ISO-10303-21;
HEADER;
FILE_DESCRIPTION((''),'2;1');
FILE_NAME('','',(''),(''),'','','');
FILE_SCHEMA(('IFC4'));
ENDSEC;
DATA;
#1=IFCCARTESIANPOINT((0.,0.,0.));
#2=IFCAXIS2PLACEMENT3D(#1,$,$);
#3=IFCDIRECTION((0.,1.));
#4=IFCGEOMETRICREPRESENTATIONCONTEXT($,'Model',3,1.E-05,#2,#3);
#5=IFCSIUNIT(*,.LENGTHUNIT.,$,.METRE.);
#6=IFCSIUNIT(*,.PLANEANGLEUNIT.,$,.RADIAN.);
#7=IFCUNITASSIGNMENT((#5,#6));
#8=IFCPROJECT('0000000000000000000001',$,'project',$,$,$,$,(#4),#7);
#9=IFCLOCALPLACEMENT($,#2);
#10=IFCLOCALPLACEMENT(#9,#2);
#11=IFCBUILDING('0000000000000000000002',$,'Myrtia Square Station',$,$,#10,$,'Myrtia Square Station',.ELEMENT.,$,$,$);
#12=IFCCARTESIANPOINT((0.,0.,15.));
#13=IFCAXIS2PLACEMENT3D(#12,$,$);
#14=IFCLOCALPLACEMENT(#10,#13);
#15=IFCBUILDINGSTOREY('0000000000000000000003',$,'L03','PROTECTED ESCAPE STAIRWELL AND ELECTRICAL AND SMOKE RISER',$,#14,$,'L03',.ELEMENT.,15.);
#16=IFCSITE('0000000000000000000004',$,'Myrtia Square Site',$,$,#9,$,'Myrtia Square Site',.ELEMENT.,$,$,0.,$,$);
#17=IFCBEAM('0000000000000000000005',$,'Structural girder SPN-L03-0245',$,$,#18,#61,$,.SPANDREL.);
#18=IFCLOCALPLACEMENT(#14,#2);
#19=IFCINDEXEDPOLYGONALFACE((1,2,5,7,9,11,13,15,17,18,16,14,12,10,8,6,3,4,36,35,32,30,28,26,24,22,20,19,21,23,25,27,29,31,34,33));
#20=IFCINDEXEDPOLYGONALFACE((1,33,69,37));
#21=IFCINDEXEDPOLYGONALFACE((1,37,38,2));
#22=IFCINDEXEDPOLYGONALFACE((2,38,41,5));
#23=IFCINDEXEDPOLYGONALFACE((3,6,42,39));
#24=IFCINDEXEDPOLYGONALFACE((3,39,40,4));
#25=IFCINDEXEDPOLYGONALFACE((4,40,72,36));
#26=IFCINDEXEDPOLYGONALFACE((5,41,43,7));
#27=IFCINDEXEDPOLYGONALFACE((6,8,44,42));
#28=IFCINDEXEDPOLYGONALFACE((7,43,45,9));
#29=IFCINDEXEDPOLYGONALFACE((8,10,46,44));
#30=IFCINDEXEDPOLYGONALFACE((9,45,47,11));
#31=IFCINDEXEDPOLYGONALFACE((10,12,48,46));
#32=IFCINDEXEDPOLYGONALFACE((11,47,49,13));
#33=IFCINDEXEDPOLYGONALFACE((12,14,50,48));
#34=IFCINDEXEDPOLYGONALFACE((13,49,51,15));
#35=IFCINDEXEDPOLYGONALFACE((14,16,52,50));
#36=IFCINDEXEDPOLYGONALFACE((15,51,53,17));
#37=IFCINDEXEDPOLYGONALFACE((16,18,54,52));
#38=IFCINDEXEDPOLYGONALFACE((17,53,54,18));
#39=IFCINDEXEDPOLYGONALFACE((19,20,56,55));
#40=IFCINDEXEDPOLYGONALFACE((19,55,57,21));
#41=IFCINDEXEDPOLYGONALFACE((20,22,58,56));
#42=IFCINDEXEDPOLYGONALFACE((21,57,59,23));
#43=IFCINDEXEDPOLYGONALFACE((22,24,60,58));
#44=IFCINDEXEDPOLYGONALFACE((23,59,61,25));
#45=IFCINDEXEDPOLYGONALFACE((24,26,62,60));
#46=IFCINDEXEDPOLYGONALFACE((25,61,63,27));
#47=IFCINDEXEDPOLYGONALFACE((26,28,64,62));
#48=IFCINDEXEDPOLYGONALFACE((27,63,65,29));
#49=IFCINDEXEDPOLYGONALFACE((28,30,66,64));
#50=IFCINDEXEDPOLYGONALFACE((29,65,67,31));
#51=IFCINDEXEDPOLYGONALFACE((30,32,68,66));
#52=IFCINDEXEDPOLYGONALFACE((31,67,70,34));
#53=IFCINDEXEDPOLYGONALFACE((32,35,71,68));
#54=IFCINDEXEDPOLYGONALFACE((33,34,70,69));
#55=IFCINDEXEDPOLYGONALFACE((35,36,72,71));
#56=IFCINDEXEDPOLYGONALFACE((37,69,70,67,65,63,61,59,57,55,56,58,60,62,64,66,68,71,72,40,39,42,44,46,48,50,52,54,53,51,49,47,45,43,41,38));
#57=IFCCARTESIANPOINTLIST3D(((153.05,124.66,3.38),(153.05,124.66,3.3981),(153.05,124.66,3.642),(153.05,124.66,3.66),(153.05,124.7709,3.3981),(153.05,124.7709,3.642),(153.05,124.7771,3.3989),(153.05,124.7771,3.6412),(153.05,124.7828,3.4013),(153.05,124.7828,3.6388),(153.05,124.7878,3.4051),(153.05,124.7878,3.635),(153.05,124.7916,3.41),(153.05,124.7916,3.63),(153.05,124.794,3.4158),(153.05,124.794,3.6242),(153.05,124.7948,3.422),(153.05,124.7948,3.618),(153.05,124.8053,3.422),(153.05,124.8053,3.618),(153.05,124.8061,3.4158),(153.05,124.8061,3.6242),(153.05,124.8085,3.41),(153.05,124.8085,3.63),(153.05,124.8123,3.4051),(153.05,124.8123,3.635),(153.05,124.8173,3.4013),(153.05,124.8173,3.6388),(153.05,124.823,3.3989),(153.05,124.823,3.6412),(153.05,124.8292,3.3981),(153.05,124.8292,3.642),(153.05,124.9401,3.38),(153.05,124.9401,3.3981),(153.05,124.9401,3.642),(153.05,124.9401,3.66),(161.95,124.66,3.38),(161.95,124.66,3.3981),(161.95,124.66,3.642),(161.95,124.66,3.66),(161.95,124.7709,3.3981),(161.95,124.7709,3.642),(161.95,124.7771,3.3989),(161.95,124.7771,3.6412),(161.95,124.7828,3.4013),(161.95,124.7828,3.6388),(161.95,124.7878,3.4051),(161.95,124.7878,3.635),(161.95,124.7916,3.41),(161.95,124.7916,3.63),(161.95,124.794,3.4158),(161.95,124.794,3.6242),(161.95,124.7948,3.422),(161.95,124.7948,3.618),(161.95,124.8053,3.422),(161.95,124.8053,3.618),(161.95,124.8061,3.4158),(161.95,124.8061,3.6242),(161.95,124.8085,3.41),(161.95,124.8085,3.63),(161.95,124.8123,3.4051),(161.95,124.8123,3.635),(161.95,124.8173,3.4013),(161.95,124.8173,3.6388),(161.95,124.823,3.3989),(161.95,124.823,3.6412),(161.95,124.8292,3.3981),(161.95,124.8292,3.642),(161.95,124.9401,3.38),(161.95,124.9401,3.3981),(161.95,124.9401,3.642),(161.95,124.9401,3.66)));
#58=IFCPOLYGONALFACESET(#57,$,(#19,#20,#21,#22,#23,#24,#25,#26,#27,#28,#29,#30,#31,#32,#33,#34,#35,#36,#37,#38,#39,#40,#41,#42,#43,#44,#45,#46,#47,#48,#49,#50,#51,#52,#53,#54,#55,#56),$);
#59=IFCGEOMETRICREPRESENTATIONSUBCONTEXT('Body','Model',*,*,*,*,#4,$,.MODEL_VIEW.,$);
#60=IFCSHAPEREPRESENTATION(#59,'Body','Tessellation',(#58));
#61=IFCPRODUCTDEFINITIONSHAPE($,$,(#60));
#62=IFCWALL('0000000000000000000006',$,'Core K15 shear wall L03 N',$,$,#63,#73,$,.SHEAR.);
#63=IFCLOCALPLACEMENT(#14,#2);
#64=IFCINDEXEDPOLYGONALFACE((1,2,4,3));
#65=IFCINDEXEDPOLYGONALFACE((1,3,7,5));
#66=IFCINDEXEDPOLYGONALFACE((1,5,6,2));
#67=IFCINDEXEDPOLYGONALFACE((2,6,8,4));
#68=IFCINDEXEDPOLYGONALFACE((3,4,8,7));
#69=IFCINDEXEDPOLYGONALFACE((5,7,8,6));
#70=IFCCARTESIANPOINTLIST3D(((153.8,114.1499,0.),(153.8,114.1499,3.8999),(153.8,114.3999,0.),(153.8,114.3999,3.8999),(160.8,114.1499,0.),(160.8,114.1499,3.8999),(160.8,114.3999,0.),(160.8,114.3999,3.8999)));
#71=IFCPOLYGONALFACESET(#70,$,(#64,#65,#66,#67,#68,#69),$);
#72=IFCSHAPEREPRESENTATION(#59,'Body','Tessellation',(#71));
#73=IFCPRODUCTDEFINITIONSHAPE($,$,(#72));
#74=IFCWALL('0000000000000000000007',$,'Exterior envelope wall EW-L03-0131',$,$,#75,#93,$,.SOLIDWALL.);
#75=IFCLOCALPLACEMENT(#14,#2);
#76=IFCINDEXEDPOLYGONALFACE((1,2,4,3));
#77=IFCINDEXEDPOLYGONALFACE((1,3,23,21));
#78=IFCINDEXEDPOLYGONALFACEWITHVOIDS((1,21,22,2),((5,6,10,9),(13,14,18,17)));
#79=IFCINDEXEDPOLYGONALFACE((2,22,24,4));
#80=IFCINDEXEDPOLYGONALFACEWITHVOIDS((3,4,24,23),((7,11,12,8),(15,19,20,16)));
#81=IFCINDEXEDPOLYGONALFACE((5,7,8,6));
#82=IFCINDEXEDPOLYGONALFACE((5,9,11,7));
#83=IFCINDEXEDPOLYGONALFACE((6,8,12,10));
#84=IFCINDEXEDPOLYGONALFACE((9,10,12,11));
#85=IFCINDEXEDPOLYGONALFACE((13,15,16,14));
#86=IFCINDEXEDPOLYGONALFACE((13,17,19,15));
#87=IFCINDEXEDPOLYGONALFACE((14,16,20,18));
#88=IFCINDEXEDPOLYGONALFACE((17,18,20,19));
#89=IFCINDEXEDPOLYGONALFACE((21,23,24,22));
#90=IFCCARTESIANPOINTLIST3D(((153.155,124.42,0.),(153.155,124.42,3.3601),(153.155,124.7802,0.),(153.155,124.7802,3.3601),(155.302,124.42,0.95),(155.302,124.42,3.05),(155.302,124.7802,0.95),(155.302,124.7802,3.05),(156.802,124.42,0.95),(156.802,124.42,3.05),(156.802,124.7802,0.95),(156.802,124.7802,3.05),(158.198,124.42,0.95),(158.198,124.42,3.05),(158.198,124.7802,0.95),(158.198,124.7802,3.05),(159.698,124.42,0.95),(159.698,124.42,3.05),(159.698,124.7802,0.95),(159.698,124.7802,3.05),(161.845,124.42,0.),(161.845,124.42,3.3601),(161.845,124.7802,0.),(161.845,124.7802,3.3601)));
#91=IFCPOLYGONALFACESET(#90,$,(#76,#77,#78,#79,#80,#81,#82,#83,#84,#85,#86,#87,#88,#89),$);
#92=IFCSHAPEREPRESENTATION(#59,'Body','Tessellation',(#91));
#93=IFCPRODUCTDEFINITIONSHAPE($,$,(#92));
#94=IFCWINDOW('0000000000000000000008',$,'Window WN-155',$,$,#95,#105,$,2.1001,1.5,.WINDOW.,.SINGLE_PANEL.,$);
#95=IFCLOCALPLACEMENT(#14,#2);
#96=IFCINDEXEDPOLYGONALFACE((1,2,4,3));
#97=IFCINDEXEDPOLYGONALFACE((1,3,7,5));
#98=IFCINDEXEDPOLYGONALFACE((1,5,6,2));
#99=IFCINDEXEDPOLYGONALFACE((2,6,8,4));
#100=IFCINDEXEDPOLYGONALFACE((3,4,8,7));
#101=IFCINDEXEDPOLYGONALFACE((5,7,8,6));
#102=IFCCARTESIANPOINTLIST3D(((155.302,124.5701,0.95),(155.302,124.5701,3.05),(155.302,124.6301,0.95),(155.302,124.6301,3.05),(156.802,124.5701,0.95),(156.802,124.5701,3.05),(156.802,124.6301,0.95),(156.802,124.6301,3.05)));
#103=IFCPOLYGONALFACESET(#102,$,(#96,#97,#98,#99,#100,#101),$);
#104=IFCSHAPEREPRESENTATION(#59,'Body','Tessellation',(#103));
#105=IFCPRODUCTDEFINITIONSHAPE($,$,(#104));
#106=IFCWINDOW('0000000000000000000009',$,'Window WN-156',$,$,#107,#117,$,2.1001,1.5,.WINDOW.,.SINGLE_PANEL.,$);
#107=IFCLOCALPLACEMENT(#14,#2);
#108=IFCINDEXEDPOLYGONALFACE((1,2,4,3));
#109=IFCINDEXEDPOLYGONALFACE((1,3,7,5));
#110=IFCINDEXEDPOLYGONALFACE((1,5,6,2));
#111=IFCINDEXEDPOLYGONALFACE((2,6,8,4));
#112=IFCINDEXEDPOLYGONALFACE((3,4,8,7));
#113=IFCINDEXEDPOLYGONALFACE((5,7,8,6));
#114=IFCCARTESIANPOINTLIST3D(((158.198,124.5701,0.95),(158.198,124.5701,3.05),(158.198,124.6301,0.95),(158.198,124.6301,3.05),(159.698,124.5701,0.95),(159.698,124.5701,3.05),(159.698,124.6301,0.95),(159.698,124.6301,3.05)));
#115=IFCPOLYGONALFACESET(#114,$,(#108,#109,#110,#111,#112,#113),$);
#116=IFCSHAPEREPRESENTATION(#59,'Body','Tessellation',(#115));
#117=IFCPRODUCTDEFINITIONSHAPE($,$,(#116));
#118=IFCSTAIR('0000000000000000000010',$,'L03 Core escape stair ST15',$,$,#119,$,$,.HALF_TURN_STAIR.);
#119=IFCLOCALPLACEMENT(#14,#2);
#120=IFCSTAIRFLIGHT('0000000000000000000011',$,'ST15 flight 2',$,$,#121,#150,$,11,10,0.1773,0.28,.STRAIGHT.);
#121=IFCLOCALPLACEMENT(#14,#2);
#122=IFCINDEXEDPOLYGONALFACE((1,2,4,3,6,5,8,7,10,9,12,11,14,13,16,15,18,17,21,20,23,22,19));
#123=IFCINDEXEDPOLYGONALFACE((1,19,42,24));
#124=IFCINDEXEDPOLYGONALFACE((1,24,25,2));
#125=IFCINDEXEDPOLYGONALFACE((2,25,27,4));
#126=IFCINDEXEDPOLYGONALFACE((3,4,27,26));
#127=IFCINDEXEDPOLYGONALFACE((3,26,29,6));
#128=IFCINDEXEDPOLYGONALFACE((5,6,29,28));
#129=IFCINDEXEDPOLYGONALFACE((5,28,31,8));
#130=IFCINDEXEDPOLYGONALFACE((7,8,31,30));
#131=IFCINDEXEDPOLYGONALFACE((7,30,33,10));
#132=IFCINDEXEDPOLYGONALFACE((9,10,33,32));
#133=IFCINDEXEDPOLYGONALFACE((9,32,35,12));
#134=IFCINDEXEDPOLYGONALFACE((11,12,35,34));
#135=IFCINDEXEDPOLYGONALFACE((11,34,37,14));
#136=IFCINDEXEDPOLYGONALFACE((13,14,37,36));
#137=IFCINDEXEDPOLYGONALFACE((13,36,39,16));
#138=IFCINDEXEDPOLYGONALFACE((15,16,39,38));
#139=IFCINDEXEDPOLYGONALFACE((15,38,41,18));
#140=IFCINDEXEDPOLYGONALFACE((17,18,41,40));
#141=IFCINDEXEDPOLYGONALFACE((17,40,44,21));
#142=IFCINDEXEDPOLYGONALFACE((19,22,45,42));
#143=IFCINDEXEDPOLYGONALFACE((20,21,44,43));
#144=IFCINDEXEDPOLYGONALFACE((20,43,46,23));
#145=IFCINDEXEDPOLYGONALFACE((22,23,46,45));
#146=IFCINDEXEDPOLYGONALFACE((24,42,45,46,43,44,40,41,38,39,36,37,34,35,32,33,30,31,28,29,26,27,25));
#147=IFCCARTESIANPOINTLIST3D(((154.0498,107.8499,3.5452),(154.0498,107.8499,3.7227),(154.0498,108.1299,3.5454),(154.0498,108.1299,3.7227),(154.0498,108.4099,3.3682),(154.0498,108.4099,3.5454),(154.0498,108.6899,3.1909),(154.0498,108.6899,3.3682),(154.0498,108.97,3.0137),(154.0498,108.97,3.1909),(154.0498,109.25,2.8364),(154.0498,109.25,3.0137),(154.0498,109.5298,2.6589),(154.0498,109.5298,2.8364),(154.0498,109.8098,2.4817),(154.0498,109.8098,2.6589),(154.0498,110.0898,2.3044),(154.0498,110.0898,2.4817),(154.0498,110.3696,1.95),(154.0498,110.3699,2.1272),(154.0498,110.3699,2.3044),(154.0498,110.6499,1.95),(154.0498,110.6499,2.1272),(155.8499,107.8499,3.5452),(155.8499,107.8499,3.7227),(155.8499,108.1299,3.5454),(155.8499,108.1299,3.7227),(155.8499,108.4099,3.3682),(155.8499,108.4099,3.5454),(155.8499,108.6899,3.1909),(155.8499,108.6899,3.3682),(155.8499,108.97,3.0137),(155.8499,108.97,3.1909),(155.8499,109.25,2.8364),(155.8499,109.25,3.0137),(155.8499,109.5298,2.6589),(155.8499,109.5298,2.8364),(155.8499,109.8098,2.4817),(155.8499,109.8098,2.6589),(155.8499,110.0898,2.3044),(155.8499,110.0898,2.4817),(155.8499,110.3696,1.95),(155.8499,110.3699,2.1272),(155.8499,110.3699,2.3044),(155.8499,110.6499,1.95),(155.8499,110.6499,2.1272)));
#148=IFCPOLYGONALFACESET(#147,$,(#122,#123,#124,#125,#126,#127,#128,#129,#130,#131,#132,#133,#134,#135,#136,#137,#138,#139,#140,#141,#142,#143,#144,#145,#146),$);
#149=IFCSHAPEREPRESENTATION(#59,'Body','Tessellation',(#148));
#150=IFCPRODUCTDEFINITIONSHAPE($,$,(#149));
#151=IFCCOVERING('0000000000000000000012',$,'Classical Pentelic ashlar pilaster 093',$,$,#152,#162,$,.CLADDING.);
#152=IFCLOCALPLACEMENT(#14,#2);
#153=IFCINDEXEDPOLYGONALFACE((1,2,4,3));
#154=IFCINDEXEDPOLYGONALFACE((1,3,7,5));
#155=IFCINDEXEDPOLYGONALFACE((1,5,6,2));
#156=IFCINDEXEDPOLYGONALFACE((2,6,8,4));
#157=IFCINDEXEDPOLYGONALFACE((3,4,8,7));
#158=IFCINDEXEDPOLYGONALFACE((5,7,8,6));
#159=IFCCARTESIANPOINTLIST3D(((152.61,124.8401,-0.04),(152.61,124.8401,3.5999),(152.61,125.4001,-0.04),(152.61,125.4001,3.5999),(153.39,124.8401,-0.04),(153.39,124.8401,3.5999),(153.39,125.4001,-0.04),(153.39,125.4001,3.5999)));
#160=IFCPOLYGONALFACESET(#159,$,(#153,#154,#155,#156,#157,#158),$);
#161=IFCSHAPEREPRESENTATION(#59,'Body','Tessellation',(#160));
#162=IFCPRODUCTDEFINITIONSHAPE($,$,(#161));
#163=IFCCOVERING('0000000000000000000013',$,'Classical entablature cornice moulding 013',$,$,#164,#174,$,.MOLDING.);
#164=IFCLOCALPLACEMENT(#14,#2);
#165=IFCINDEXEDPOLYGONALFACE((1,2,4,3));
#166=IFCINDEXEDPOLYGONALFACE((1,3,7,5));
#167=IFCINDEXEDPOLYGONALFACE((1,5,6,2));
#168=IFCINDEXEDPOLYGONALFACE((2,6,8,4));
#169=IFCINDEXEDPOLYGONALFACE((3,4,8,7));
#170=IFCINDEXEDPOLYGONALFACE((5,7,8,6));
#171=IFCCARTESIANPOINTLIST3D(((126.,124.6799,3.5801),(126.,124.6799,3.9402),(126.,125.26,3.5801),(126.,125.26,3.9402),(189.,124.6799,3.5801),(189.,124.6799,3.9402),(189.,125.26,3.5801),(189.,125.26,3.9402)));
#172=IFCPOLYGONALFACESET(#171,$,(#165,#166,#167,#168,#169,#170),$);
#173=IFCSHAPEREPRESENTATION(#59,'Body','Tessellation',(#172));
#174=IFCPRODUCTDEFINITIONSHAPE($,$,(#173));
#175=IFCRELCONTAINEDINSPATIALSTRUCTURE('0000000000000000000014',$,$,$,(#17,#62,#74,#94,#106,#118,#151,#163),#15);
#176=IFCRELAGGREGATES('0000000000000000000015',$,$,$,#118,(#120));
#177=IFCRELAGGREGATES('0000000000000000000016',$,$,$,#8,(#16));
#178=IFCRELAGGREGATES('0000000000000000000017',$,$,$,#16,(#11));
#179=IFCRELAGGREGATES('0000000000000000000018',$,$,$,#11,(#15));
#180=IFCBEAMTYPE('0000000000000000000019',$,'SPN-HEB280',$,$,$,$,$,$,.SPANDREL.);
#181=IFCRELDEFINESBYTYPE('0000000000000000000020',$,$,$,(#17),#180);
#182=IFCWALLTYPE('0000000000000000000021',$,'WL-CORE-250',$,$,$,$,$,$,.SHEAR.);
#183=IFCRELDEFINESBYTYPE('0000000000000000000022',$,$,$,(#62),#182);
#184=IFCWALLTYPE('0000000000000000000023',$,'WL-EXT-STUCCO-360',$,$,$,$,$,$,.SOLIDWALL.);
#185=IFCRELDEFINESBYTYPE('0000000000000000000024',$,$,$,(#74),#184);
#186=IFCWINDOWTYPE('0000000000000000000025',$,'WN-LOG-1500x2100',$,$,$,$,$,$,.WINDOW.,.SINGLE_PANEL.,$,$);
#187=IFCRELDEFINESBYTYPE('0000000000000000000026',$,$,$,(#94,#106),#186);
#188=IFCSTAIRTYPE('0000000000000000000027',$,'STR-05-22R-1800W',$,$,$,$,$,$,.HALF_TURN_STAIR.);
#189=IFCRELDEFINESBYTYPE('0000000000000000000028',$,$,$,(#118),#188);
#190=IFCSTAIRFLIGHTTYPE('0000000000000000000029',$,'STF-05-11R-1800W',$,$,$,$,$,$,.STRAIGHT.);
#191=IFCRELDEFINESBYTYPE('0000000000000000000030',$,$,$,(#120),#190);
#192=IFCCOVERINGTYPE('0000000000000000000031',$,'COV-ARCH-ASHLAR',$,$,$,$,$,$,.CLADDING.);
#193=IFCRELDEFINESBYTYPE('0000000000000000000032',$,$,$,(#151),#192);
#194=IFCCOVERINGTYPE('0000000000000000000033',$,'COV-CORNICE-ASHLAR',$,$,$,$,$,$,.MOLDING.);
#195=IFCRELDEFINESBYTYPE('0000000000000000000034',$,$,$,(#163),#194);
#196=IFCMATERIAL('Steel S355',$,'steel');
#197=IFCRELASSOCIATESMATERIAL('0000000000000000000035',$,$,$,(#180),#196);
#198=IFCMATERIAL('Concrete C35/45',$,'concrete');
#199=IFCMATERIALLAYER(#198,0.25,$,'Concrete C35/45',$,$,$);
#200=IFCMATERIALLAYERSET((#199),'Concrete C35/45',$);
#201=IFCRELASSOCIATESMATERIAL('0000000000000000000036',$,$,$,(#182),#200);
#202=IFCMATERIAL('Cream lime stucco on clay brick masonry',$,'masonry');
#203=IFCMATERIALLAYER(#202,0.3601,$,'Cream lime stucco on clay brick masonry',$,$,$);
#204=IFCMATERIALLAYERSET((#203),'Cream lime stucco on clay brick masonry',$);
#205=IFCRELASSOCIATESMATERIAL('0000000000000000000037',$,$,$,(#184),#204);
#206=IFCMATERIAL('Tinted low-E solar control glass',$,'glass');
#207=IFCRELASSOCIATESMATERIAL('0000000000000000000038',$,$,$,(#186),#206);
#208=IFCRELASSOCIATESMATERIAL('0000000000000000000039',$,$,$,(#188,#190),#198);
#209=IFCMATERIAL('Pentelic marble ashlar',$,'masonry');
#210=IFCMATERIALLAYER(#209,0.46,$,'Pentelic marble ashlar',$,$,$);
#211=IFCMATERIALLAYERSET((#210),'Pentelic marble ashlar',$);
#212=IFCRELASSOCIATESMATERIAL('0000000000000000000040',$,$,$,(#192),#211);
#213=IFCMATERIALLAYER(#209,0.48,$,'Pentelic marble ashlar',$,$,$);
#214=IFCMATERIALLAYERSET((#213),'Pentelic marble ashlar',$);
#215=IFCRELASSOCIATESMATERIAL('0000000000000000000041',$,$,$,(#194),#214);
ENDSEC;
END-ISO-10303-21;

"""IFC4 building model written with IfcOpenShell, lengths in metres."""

from ifc_helpers import new_model, si_unit, direction, frame, frame_2d, origin, origin_2d, place, context, subcontext, project, spatial, polyline, rectangle, i_section, outline, extrude, material, layer, layer_set, material_profile, profile_set, type_object, element, fill, aggregate, save


model = new_model("IFC4")

# Units and contexts
model_context = context("Model", 3, precision=1e-05, world=origin(), true_north=direction((0.0, 1.0)))
body_context = subcontext(model_context, "Body", "Model", "MODEL_VIEW")
ifc_project = project(units=[si_unit("LENGTHUNIT", "METRE"), si_unit("PLANEANGLEUNIT", "RADIAN")], contexts=[model_context])

# Site, building, storey
site_placement = place(None, origin())
site = spatial("IfcSite", under=ifc_project, at=site_placement, Name="Myrtia Square Site", LongName="Myrtia Square Site", CompositionType="ELEMENT", RefElevation=0.0)
building_placement = place(site_placement, origin())
building = spatial("IfcBuilding", under=site, at=building_placement, Name="Myrtia Square Station", LongName="Myrtia Square Station", CompositionType="ELEMENT")
storey_placement = place(building_placement, frame((0.0, 0.0, 15.0)))
storey = spatial("IfcBuildingStorey", under=building, at=storey_placement, Name="L03", Description="PROTECTED ESCAPE STAIRWELL AND ELECTRICAL AND SMOKE RISER", LongName="L03", CompositionType="ELEMENT", Elevation=15.0)

# Shared definitions
ifc_material_1 = material(Name="Steel S355", Category="steel")

# Beam
ifc_material_profile_1 = material_profile(ifc_material_1, i_section(OverallWidth=0.28, OverallDepth=0.28, WebThickness=0.0105, FlangeThickness=0.0181, FilletRadius=0.0239, at=origin_2d()), Name="HEB 280")
ifc_profile_set_1 = profile_set([ifc_material_profile_1], Name="Steel S355")
beam_type_1 = type_object("IfcBeamType", Name="SPN-HEB280", PredefinedType="SPANDREL", material=ifc_profile_set_1)
beam_1_placement = place(storey_placement, frame((153.05, 124.8, 3.52), z_axis=(1.0, 0.0, 0.0), x_axis=(0.0, 1.0, 0.0)))
element("IfcBeam", 1, at=beam_1_placement, inside=storey, type_object=beam_type_1, Name="Structural girder SPN-L03-0245", PredefinedType="SPANDREL", context=body_context, shape_type="SweptSolid", body=[
    extrude(i_section(OverallWidth=0.28, OverallDepth=0.28, WebThickness=0.0105, FlangeThickness=0.0181, FilletRadius=0.0239, at=origin_2d()), origin(), (0.0, 0.0, 1.0), 8.8999),
])

# Wall
ifc_material_2 = material(Name="Concrete C35/45", Category="concrete")
ifc_layer_1 = layer(ifc_material_2, 0.25, Name="Concrete C35/45")
ifc_layer_set_1 = layer_set([ifc_layer_1], Name="Concrete C35/45")
wall_type_1 = type_object("IfcWallType", Name="WL-CORE-250", PredefinedType="SHEAR", material=ifc_layer_set_1)
wall_1_placement = place(storey_placement, frame((153.8, 114.2749, 0.0), z_axis=(0.0, 0.0, 1.0), x_axis=(1.0, 0.0, 0.0)))
element("IfcWall", 2, at=wall_1_placement, inside=storey, type_object=wall_type_1, Name="Core K15 shear wall L03 N", PredefinedType="SHEAR", context=body_context, shape_type="SweptSolid", body=[
    extrude(rectangle(XDim=7.0, YDim=0.25, at=frame_2d((3.5, 0.0))), origin(), (0.0, 0.0, 1.0), 3.8999),
])

# Wall, openings, windows
ifc_material_3 = material(Name="Cream lime stucco on clay brick masonry", Category="masonry")
ifc_layer_2 = layer(ifc_material_3, 0.3601, Name="Cream lime stucco on clay brick masonry")
ifc_layer_set_2 = layer_set([ifc_layer_2], Name="Cream lime stucco on clay brick masonry")
wall_type_2 = type_object("IfcWallType", Name="WL-EXT-STUCCO-360", PredefinedType="SOLIDWALL", material=ifc_layer_set_2)
wall_2_placement = place(storey_placement, frame((153.155, 124.6001, 0.0), z_axis=(0.0, 0.0, 1.0), x_axis=(1.0, 0.0, 0.0)))
wall_2 = element("IfcWall", 3, at=wall_2_placement, inside=storey, type_object=wall_type_2, Name="Exterior envelope wall EW-L03-0131", PredefinedType="SOLIDWALL", context=body_context, shape_type="SweptSolid", body=[
    extrude(rectangle(XDim=8.6899, YDim=0.3601, at=frame_2d((4.345, 0.0))), origin(), (0.0, 0.0, 1.0), 3.3601),
])
opening_1_placement = place(wall_2_placement, frame((2.147, 0.0, 0.95)))
opening_1 = element("IfcOpeningElement", 4, at=opening_1_placement, cuts=wall_2, PredefinedType="OPENING", context=body_context, shape_type="SweptSolid", body=[
    extrude(rectangle(XDim=1.5, YDim=2.1001, at=frame_2d((0.75, 1.05))), frame((0.0, 0.1951, 0.0), z_axis=(0.0, -1.0, 0.0), x_axis=(1.0, 0.0, 0.0)), (0.0, 0.0, 1.0), 0.3901),
])
opening_2_placement = place(wall_2_placement, frame((5.043, 0.0, 0.95)))
opening_2 = element("IfcOpeningElement", 5, at=opening_2_placement, cuts=wall_2, PredefinedType="OPENING", context=body_context, shape_type="SweptSolid", body=[
    extrude(rectangle(XDim=1.5, YDim=2.1001, at=frame_2d((0.75, 1.05))), frame((0.0, 0.1951, 0.0), z_axis=(0.0, -1.0, 0.0), x_axis=(1.0, 0.0, 0.0)), (0.0, 0.0, 1.0), 0.3901),
])
ifc_material_4 = material(Name="Tinted low-E solar control glass", Category="glass")
window_type = type_object("IfcWindowType", Name="WN-LOG-1500x2100", PartitioningType="SINGLE_PANEL", PredefinedType="WINDOW", material=ifc_material_4)
window_1_placement = place(opening_1_placement, origin())
window_1 = element("IfcWindow", 6, at=window_1_placement, inside=storey, type_object=window_type, Name="Window WN-155", OverallHeight=2.1001, OverallWidth=1.5, PartitioningType="SINGLE_PANEL", PredefinedType="WINDOW", context=body_context, shape_type="SweptSolid", body=[
    extrude(rectangle(XDim=1.5, YDim=2.1001, at=frame_2d((0.75, 1.05))), frame((0.0, 0.03, 0.0), z_axis=(0.0, -1.0, 0.0), x_axis=(1.0, 0.0, 0.0)), (0.0, 0.0, 1.0), 0.0601),
])
fill(opening_1, window_1)
window_2_placement = place(opening_2_placement, origin())
window_2 = element("IfcWindow", 7, at=window_2_placement, inside=storey, type_object=window_type, Name="Window WN-156", OverallHeight=2.1001, OverallWidth=1.5, PartitioningType="SINGLE_PANEL", PredefinedType="WINDOW", context=body_context, shape_type="SweptSolid", body=[
    extrude(rectangle(XDim=1.5, YDim=2.1001, at=frame_2d((0.75, 1.05))), frame((0.0, 0.03, 0.0), z_axis=(0.0, -1.0, 0.0), x_axis=(1.0, 0.0, 0.0)), (0.0, 0.0, 1.0), 0.0601),
])
fill(opening_2, window_2)

# Stair, stair flight
stair_type = type_object("IfcStairType", Name="STR-05-22R-1800W", PredefinedType="HALF_TURN_STAIR", material=ifc_material_2)
stair_placement = place(storey_placement, origin())
stair = element("IfcStair", 8, at=stair_placement, inside=storey, type_object=stair_type, Name="L03 Core escape stair ST15", PredefinedType="HALF_TURN_STAIR")
stair_flight_type = type_object("IfcStairFlightType", Name="STF-05-11R-1800W", PredefinedType="STRAIGHT", material=ifc_material_2)
stair_flight_placement = place(storey_placement, frame((154.95, 110.6499, 1.95), z_axis=(0.0, 0.0, 1.0), x_axis=(0.0, -1.0, 0.0)))
stair_flight = element("IfcStairFlight", 9, at=stair_flight_placement, type_object=stair_flight_type, Name="ST15 flight 2", NumberOfRisers=11, NumberOfTreads=10, PredefinedType="STRAIGHT", RiserHeight=0.1773, TreadLength=0.28, context=body_context, shape_type="SweptSolid", body=[
    extrude(outline(polyline([(0.0, 0.0), (0.0, 0.1772), (0.28, 0.1772), (0.28, 0.3545), (0.5601, 0.3545), (0.5601, 0.5317), (0.8401, 0.5317), (0.8401, 0.709), (1.1201, 0.709), (1.1201, 0.8865), (1.3999, 0.8865), (1.3999, 1.0637), (1.6799, 1.0637), (1.6799, 1.241), (1.96, 1.241), (1.96, 1.4182), (2.24, 1.4182), (2.24, 1.5955), (2.52, 1.5955), (2.52, 1.7727), (2.8, 1.7727), (2.8, 1.95), (2.8, 1.5952), (0.2803, 0.0), (0.0, 0.0)])), frame((0.0, 0.8999, 0.0), z_axis=(0.0, -1.0, 0.0), x_axis=(1.0, 0.0, 0.0)), (0.0, 0.0, 1.0), 1.8),
])
aggregate(stair, [stair_flight])

# Coverings
ifc_material_5 = material(Name="Pentelic marble ashlar", Category="masonry")
ifc_layer_3 = layer(ifc_material_5, 0.46, Name="Pentelic marble ashlar")
ifc_layer_set_3 = layer_set([ifc_layer_3], Name="Pentelic marble ashlar")
covering_type_1 = type_object("IfcCoveringType", Name="COV-ARCH-ASHLAR", PredefinedType="CLADDING", material=ifc_layer_set_3)
covering_1_placement = place(storey_placement, frame((153.0, 125.1201, -0.04), z_axis=(0.0, 0.0, 1.0), x_axis=(1.0, 0.0, 0.0)))
element("IfcCovering", 10, at=covering_1_placement, inside=storey, type_object=covering_type_1, Name="Classical Pentelic ashlar pilaster 093", PredefinedType="CLADDING", context=body_context, shape_type="SweptSolid", body=[
    extrude(rectangle(XDim=0.78, YDim=0.5601, at=origin_2d()), origin(), (0.0, 0.0, 1.0), 3.6399),
])
ifc_layer_4 = layer(ifc_material_5, 0.48, Name="Pentelic marble ashlar")
ifc_layer_set_4 = layer_set([ifc_layer_4], Name="Pentelic marble ashlar")
covering_type_2 = type_object("IfcCoveringType", Name="COV-CORNICE-ASHLAR", PredefinedType="MOLDING", material=ifc_layer_set_4)
covering_2_placement = place(storey_placement, frame((157.5, 124.97, 3.5801), z_axis=(0.0, 0.0, 1.0), x_axis=(1.0, 0.0, 0.0)))
element("IfcCovering", 11, at=covering_2_placement, inside=storey, type_object=covering_type_2, Name="Classical entablature cornice moulding 013", PredefinedType="MOLDING", context=body_context, shape_type="SweptSolid", body=[
    extrude(rectangle(XDim=63.0, YDim=0.5801, at=origin_2d()), origin(), (0.0, 0.0, 1.0), 0.3601),
])

save(model, "model.ifc")
